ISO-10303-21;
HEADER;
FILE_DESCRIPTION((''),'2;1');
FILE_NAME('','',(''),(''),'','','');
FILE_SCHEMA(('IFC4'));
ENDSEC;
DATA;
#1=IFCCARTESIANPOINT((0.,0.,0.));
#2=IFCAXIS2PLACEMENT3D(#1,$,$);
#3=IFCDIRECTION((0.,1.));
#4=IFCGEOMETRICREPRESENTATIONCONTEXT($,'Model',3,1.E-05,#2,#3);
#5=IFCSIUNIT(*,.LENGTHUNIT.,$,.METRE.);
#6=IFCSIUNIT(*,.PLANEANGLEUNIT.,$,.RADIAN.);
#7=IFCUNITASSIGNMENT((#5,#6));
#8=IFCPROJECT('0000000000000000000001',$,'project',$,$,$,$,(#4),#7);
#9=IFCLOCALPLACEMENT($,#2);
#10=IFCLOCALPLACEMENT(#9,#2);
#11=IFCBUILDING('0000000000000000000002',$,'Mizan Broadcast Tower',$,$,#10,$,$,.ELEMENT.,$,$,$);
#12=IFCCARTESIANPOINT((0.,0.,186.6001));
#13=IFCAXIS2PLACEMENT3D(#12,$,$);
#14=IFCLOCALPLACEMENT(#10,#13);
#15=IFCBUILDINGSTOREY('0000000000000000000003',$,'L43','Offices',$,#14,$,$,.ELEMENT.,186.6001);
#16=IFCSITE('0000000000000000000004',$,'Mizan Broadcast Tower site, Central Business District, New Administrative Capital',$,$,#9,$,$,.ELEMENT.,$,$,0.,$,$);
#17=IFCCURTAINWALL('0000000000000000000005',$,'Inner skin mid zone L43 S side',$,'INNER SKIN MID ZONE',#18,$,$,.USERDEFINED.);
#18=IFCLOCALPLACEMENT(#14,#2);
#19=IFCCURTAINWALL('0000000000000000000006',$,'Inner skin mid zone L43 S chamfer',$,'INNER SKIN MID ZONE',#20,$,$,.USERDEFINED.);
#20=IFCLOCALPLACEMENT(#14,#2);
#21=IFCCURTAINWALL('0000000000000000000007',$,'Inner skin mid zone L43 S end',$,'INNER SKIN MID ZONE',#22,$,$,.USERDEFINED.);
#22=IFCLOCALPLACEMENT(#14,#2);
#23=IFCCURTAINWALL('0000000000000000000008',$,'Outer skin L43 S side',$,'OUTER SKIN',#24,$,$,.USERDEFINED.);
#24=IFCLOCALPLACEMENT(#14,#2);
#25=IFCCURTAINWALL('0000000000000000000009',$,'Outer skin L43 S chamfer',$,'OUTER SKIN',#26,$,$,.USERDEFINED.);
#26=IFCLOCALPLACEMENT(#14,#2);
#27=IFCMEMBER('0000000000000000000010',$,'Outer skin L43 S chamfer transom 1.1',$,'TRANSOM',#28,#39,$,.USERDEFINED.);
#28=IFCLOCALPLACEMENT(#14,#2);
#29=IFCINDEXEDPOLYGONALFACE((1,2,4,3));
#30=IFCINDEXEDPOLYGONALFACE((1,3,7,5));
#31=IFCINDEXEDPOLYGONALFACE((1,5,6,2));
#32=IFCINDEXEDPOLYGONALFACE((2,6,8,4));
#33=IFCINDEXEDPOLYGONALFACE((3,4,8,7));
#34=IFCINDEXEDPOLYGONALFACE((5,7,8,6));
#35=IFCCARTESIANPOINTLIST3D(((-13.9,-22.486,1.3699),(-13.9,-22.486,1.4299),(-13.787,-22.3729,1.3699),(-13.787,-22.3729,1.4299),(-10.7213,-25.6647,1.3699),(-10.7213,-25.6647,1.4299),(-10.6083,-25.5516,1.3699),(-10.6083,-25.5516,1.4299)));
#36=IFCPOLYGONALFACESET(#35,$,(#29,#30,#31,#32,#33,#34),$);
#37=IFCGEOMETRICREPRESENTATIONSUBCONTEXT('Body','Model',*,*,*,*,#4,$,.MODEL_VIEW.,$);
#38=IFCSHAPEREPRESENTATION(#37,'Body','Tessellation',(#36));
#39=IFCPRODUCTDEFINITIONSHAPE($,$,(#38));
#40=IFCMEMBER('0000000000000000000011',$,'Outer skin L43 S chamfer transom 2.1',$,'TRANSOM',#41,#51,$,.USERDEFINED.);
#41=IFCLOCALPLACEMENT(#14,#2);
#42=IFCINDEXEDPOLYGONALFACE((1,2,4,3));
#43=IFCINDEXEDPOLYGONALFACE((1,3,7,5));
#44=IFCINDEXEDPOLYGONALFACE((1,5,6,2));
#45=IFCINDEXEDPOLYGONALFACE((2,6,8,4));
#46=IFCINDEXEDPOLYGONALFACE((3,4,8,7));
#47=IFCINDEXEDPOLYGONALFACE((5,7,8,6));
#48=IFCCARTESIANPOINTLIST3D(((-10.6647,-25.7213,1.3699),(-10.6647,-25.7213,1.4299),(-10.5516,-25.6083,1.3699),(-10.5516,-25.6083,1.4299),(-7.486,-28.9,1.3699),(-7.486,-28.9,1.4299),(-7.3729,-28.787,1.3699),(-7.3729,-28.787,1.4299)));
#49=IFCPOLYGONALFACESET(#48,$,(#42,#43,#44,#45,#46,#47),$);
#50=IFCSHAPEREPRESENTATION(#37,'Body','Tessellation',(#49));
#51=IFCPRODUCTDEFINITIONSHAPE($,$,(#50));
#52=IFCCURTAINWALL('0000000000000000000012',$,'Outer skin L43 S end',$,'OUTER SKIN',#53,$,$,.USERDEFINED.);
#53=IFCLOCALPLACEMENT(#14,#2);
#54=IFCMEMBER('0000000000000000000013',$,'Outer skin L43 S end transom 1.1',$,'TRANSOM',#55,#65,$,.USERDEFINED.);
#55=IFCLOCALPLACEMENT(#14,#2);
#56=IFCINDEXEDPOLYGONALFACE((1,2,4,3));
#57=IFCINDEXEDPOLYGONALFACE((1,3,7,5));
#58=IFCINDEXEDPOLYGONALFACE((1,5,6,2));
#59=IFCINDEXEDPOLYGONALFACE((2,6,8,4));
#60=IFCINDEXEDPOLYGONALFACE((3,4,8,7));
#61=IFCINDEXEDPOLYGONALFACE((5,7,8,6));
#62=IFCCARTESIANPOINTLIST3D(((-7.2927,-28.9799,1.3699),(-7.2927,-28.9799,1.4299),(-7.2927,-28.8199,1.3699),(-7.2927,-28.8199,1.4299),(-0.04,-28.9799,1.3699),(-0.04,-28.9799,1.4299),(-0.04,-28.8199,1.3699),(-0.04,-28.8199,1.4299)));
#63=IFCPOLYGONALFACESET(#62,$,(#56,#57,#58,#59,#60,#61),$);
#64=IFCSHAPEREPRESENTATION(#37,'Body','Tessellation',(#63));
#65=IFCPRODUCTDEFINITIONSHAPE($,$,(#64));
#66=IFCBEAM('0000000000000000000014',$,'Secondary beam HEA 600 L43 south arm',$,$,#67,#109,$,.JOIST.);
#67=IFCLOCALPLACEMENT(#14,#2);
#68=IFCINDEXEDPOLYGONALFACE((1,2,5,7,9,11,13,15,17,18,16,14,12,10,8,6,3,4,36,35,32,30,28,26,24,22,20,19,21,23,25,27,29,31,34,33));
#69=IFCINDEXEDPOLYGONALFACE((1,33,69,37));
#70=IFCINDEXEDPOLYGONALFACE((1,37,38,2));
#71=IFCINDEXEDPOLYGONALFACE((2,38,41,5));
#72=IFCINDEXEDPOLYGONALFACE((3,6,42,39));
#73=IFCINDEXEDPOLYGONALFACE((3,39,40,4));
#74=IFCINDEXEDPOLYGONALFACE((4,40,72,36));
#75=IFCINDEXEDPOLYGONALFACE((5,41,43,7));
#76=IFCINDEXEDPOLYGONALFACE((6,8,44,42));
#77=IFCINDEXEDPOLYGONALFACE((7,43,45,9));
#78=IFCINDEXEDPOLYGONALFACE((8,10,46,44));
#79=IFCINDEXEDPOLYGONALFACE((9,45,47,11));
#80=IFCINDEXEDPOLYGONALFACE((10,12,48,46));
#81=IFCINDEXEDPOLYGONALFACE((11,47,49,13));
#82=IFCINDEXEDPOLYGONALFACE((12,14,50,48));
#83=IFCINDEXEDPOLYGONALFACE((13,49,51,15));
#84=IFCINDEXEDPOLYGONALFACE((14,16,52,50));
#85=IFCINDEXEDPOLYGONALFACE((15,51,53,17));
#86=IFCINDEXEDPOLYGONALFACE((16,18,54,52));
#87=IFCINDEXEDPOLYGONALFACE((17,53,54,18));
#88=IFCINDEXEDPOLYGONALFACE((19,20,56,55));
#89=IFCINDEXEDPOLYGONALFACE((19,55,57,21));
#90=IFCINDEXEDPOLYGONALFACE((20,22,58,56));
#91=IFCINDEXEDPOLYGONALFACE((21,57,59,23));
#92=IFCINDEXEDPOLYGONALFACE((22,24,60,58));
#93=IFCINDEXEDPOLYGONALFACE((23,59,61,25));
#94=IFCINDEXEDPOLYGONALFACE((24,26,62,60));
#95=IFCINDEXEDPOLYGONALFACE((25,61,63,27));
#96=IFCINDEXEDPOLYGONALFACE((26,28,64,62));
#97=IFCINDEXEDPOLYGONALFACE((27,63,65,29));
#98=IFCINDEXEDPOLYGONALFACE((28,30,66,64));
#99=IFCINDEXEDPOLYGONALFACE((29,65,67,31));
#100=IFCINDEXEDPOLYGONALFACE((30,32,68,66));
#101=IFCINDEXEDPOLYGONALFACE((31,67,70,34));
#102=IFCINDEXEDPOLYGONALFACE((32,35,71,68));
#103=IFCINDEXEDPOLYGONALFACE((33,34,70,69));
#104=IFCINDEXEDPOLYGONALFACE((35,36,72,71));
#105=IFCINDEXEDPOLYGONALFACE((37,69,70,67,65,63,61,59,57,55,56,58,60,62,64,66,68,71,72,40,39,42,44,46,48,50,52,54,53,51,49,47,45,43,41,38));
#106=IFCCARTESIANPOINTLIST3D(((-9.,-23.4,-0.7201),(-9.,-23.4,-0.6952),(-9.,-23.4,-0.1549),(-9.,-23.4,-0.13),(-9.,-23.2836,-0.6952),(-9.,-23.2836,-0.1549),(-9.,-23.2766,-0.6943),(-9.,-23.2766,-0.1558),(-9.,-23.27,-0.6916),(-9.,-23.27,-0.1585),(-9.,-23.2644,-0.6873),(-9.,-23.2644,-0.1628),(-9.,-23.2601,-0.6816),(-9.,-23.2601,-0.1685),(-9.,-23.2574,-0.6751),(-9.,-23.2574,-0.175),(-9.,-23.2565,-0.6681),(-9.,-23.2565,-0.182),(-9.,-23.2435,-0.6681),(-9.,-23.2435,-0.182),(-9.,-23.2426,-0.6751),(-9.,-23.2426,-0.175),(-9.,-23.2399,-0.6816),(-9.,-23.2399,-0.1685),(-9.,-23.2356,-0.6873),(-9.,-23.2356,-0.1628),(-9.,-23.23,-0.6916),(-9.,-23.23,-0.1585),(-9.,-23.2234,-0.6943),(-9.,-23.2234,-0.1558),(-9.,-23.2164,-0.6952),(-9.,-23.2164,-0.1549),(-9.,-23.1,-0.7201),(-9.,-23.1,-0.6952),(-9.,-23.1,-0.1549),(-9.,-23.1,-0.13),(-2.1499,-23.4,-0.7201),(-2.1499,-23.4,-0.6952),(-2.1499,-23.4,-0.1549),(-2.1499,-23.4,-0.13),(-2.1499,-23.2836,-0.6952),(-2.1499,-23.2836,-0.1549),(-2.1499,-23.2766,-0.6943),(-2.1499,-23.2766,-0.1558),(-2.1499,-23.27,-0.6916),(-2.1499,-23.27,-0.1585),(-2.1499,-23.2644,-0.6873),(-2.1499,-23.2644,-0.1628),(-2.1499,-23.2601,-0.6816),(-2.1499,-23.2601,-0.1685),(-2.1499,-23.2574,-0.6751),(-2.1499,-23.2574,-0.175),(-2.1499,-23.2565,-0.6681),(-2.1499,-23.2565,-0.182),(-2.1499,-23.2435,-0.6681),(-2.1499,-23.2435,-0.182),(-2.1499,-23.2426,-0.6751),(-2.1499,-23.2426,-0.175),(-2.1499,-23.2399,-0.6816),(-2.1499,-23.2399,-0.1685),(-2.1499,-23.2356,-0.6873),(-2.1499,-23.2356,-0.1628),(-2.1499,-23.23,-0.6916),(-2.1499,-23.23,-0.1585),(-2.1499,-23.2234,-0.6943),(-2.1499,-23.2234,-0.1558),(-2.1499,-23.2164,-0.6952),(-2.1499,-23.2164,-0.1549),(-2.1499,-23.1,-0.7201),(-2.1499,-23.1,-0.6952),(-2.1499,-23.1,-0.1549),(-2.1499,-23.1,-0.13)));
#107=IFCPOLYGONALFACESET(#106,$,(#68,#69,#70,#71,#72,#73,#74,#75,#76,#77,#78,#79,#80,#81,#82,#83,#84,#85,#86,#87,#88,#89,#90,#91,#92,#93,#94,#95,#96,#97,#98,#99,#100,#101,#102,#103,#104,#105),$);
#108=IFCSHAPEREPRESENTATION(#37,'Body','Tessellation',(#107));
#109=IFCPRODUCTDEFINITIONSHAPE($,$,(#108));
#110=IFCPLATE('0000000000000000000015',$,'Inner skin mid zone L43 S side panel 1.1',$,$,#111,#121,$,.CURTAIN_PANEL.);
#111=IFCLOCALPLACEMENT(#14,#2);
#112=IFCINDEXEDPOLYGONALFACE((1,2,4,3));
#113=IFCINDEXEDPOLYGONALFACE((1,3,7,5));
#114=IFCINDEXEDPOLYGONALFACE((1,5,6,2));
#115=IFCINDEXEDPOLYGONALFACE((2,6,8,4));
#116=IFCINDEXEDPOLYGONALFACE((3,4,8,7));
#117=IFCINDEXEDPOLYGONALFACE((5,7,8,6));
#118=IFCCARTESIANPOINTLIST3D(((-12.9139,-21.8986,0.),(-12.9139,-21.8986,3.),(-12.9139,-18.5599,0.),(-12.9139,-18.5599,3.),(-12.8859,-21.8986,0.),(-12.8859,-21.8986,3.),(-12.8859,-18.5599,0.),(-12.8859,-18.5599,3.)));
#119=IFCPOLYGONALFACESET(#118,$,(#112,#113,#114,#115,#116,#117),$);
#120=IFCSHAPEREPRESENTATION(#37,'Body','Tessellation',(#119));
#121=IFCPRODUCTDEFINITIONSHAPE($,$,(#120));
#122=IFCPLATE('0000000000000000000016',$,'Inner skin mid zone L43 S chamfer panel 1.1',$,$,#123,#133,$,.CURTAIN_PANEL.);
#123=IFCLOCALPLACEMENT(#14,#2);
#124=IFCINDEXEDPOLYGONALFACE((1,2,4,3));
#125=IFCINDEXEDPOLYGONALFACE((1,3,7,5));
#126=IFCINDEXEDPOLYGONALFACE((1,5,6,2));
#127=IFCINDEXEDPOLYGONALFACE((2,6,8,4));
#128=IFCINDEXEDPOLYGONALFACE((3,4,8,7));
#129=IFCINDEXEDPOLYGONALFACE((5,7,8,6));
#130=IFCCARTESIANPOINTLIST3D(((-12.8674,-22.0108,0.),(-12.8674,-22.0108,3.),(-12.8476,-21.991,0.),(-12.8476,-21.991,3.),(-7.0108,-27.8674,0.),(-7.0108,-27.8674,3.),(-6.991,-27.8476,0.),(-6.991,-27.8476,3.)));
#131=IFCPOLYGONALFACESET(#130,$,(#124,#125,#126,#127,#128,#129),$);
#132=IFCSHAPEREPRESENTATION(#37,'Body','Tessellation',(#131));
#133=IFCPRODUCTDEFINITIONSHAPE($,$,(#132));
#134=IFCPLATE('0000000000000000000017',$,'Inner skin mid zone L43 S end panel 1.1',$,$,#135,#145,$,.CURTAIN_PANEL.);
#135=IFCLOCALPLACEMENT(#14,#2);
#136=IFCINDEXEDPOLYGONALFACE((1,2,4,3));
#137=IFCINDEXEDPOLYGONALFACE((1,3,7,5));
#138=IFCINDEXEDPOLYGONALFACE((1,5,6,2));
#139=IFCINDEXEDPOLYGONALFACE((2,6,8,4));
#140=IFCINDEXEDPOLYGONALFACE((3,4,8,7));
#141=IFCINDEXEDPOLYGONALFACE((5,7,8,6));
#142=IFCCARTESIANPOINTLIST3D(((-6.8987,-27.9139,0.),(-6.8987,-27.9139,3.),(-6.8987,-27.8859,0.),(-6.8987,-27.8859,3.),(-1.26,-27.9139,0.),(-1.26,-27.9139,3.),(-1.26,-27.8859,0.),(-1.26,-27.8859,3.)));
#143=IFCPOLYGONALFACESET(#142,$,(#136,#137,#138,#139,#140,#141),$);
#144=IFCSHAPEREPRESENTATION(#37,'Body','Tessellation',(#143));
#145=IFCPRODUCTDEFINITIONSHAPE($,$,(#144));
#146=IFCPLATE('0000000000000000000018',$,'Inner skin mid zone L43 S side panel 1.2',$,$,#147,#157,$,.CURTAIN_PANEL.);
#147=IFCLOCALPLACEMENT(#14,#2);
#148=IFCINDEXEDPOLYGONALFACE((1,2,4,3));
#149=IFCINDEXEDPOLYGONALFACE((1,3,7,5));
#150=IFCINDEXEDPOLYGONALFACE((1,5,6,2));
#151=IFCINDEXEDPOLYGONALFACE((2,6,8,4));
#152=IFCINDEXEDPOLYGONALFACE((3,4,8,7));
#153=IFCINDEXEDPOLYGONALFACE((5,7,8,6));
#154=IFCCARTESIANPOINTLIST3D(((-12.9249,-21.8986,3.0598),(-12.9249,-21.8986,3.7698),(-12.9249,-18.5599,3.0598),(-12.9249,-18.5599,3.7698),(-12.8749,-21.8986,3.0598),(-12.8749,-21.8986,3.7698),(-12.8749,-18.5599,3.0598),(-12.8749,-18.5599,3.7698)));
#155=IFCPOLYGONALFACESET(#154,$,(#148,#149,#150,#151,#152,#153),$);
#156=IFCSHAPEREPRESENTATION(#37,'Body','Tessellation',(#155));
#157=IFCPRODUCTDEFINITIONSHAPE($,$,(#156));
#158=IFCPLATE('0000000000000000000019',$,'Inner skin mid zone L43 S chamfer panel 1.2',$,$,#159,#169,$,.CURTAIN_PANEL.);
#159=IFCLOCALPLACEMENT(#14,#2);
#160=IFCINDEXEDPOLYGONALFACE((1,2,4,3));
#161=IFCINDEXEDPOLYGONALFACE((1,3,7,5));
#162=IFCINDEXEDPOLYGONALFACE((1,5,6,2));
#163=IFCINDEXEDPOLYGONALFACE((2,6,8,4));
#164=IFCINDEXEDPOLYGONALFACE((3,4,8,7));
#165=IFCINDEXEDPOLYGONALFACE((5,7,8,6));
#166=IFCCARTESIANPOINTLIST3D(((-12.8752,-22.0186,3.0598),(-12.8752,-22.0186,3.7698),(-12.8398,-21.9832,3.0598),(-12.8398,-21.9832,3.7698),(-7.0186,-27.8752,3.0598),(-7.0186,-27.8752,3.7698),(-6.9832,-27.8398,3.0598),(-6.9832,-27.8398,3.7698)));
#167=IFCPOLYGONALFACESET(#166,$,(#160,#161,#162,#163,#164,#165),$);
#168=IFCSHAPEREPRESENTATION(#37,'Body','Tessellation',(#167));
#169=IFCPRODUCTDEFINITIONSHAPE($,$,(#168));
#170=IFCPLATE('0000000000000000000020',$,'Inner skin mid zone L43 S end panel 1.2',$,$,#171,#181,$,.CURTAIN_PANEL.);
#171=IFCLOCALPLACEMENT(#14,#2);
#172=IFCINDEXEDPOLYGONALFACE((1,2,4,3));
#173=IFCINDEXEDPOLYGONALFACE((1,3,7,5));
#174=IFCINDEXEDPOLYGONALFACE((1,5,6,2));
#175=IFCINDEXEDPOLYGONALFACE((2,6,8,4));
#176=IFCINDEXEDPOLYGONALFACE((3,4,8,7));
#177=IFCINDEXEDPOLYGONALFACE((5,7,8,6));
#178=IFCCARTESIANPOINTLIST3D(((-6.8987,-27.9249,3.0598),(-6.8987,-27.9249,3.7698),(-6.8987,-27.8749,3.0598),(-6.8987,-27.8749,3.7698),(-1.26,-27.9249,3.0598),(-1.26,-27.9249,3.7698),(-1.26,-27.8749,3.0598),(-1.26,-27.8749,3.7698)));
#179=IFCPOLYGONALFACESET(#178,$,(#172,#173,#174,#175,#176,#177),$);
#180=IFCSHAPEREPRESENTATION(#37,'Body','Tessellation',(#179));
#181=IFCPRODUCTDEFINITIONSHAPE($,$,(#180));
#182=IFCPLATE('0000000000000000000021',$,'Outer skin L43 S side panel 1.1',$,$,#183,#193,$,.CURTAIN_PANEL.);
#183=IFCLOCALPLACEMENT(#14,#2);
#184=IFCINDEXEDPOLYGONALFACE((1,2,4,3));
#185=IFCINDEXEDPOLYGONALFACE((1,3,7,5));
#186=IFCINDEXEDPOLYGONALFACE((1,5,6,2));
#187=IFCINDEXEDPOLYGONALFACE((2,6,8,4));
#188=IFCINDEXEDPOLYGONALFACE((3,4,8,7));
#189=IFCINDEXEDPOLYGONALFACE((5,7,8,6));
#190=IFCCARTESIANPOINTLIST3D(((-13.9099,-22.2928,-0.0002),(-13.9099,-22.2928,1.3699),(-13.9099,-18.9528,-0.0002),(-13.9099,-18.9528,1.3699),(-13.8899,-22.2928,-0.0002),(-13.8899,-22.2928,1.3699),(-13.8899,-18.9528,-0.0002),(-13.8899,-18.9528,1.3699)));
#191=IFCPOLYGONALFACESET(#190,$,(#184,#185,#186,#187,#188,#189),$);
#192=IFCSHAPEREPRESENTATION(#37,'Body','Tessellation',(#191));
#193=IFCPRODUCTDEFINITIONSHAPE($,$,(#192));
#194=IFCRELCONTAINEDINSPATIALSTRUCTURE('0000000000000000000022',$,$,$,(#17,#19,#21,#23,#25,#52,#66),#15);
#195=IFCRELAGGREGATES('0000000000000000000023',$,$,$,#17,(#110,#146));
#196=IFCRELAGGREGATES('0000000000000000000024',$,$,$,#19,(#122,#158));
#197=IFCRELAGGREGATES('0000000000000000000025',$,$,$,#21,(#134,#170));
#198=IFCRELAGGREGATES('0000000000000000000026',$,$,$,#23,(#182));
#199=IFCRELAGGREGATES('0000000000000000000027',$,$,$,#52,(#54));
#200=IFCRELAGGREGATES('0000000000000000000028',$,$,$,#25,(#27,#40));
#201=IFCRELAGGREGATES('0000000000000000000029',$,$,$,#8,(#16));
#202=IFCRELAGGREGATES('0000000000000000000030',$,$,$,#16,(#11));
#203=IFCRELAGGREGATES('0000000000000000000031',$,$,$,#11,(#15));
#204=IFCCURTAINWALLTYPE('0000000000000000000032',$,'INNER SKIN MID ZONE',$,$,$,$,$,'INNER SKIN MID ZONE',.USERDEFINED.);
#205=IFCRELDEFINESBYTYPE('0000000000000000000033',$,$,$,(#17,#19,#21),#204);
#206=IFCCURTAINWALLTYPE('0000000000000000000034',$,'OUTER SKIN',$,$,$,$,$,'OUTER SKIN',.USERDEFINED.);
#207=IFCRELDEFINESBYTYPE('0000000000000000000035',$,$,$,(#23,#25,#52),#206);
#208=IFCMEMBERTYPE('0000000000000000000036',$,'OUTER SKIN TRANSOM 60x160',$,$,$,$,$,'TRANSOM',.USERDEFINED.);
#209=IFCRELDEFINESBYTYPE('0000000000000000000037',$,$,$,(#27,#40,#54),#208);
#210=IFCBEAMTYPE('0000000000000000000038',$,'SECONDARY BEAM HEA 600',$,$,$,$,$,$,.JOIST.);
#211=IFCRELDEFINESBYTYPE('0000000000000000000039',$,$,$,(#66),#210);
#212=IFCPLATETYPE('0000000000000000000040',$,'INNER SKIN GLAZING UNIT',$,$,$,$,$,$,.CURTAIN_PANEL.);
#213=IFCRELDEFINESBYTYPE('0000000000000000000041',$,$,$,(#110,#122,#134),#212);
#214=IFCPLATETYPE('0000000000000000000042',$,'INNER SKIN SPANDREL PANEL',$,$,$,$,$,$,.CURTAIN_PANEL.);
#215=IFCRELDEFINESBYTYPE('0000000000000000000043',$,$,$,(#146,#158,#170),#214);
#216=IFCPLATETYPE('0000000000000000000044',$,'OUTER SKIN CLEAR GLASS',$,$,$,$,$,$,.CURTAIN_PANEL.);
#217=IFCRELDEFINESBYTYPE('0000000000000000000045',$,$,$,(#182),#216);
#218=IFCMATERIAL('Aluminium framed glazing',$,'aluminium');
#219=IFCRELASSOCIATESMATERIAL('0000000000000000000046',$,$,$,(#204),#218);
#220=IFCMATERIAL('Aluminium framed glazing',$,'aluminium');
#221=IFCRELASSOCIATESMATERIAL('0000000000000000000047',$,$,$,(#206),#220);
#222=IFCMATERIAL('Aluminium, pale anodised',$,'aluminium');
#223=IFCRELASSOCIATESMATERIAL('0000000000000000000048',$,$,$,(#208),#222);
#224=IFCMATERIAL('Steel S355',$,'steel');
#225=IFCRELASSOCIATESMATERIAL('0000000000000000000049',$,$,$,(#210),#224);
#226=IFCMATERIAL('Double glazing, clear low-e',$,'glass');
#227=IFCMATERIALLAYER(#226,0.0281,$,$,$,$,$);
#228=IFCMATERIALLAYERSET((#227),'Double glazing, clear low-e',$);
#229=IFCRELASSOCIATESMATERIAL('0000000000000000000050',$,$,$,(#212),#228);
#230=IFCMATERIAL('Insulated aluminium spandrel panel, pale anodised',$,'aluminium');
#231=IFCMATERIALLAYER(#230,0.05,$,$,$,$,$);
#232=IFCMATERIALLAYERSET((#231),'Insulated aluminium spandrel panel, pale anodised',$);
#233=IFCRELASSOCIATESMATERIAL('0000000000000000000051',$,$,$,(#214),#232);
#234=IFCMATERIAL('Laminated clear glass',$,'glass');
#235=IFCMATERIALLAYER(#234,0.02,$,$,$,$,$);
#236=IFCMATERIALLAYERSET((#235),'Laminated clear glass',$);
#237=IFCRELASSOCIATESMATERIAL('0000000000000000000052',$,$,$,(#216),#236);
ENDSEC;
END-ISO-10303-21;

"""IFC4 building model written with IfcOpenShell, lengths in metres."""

from ifc_helpers import new_model, si_unit, direction, frame, origin, origin_2d, place, context, subcontext, project, spatial, rectangle, i_section, extrude, material, layer, layer_set, material_profile, profile_set, type_object, element, aggregate, save


model = new_model("IFC4")

# Units and contexts
model_context = context("Model", 3, precision=1e-05, world=origin(), true_north=direction((0.0, 1.0)))
body_context = subcontext(model_context, "Body", "Model", "MODEL_VIEW")
ifc_project = project(units=[si_unit("LENGTHUNIT", "METRE"), si_unit("PLANEANGLEUNIT", "RADIAN")], contexts=[model_context])

# Site, building, storey
site_placement = place(None, origin())
site = spatial("IfcSite", under=ifc_project, at=site_placement, Name="Mizan Broadcast Tower site, Central Business District, New Administrative Capital", CompositionType="ELEMENT", RefElevation=0.0)
building_placement = place(site_placement, origin())
building = spatial("IfcBuilding", under=site, at=building_placement, Name="Mizan Broadcast Tower", CompositionType="ELEMENT")
storey_placement = place(building_placement, frame((0.0, 0.0, 186.6001)))
storey = spatial("IfcBuildingStorey", under=building, at=storey_placement, Name="L43", Description="Offices", CompositionType="ELEMENT", Elevation=186.6001)

# Curtain walls
ifc_material_1 = material(Name="Aluminium framed glazing", Category="aluminium")
curtain_wall_type_1 = type_object("IfcCurtainWallType", Name="INNER SKIN MID ZONE", ElementType="INNER SKIN MID ZONE", PredefinedType="USERDEFINED", material=ifc_material_1)
curtain_wall_1_placement = place(storey_placement, origin())
curtain_wall_1 = element("IfcCurtainWall", 1, at=curtain_wall_1_placement, inside=storey, type_object=curtain_wall_type_1, Name="Inner skin mid zone L43 S side", ObjectType="INNER SKIN MID ZONE", PredefinedType="USERDEFINED")
curtain_wall_2_placement = place(storey_placement, origin())
curtain_wall_2 = element("IfcCurtainWall", 2, at=curtain_wall_2_placement, inside=storey, type_object=curtain_wall_type_1, Name="Inner skin mid zone L43 S chamfer", ObjectType="INNER SKIN MID ZONE", PredefinedType="USERDEFINED")
curtain_wall_3_placement = place(storey_placement, origin())
curtain_wall_3 = element("IfcCurtainWall", 3, at=curtain_wall_3_placement, inside=storey, type_object=curtain_wall_type_1, Name="Inner skin mid zone L43 S end", ObjectType="INNER SKIN MID ZONE", PredefinedType="USERDEFINED")

# Curtain wall
ifc_material_2 = material(Name="Aluminium framed glazing", Category="aluminium")
curtain_wall_type_2 = type_object("IfcCurtainWallType", Name="OUTER SKIN", ElementType="OUTER SKIN", PredefinedType="USERDEFINED", material=ifc_material_2)
curtain_wall_4_placement = place(storey_placement, origin())
curtain_wall_4 = element("IfcCurtainWall", 4, at=curtain_wall_4_placement, inside=storey, type_object=curtain_wall_type_2, Name="Outer skin L43 S side", ObjectType="OUTER SKIN", PredefinedType="USERDEFINED")

# Curtain wall, members
curtain_wall_5_placement = place(storey_placement, origin())
curtain_wall_5 = element("IfcCurtainWall", 5, at=curtain_wall_5_placement, inside=storey, type_object=curtain_wall_type_2, Name="Outer skin L43 S chamfer", ObjectType="OUTER SKIN", PredefinedType="USERDEFINED")
ifc_material_3 = material(Name="Aluminium, pale anodised", Category="aluminium")
ifc_material_profile_1 = material_profile(ifc_material_3, rectangle(XDim=0.1599, YDim=0.0601, at=origin_2d()), Name="TRANSOM 160x60")
ifc_profile_set_1 = profile_set([ifc_material_profile_1], Name="Aluminium, pale anodised")
member_type_1 = type_object("IfcMemberType", Name="OUTER SKIN TRANSOM 60x160", ElementType="TRANSOM", PredefinedType="USERDEFINED", material=ifc_profile_set_1)
member_1_placement = place(storey_placement, frame((-13.8435, -22.4294, 1.3999), z_axis=(0.707107, -0.707107, 0.0), x_axis=(0.707107, 0.707107, 0.0)))
member_1 = element("IfcMember", 6, at=member_1_placement, type_object=member_type_1, Name="Outer skin L43 S chamfer transom 1.1", ObjectType="TRANSOM", PredefinedType="USERDEFINED", context=body_context, shape_type="SweptSolid", body=[
    extrude(rectangle(XDim=0.1599, YDim=0.0601, at=origin_2d()), origin(), (0.0, 0.0, 1.0), 4.4954),
])
member_2_placement = place(storey_placement, frame((-10.6082, -25.6648, 1.3999), z_axis=(0.707107, -0.707107, 0.0), x_axis=(0.707107, 0.707107, 0.0)))
member_2 = element("IfcMember", 7, at=member_2_placement, type_object=member_type_1, Name="Outer skin L43 S chamfer transom 2.1", ObjectType="TRANSOM", PredefinedType="USERDEFINED", context=body_context, shape_type="SweptSolid", body=[
    extrude(rectangle(XDim=0.1599, YDim=0.0601, at=origin_2d()), origin(), (0.0, 0.0, 1.0), 4.4954),
])

# Curtain wall, member
curtain_wall_6_placement = place(storey_placement, origin())
curtain_wall_6 = element("IfcCurtainWall", 8, at=curtain_wall_6_placement, inside=storey, type_object=curtain_wall_type_2, Name="Outer skin L43 S end", ObjectType="OUTER SKIN", PredefinedType="USERDEFINED")
member_3_placement = place(storey_placement, frame((-7.2927, -28.8999, 1.3999), z_axis=(1.0, 0.0, 0.0), x_axis=(0.0, 1.0, 0.0)))
member_3 = element("IfcMember", 9, at=member_3_placement, type_object=member_type_1, Name="Outer skin L43 S end transom 1.1", ObjectType="TRANSOM", PredefinedType="USERDEFINED", context=body_context, shape_type="SweptSolid", body=[
    extrude(rectangle(XDim=0.1599, YDim=0.0601, at=origin_2d()), origin(), (0.0, 0.0, 1.0), 7.2527),
])

# Beam
ifc_material_4 = material(Name="Steel S355", Category="steel")
ifc_material_profile_2 = material_profile(ifc_material_4, i_section(OverallWidth=0.3, OverallDepth=0.5901, WebThickness=0.0129, FlangeThickness=0.0249, FilletRadius=0.0271, at=origin_2d()), Name="HEA 600")
ifc_profile_set_2 = profile_set([ifc_material_profile_2], Name="Steel S355")
beam_type_1 = type_object("IfcBeamType", Name="SECONDARY BEAM HEA 600", PredefinedType="JOIST", material=ifc_profile_set_2)
beam_1_placement = place(storey_placement, frame((-9.0, -23.25, -0.425), z_axis=(1.0, 0.0, 0.0), x_axis=(0.0, 1.0, 0.0)))
element("IfcBeam", 10, at=beam_1_placement, inside=storey, type_object=beam_type_1, Name="Secondary beam HEA 600 L43 south arm", PredefinedType="JOIST", context=body_context, shape_type="SweptSolid", body=[
    extrude(i_section(OverallWidth=0.3, OverallDepth=0.5901, WebThickness=0.0129, FlangeThickness=0.0249, FilletRadius=0.0271, at=origin_2d()), origin(), (0.0, 0.0, 1.0), 6.8501),
])

# Plates
ifc_material_5 = material(Name="Double glazing, clear low-e", Category="glass")
ifc_layer_1 = layer(ifc_material_5, 0.0281)
ifc_layer_set_1 = layer_set([ifc_layer_1], Name="Double glazing, clear low-e")
plate_type_1 = type_object("IfcPlateType", Name="INNER SKIN GLAZING UNIT", PredefinedType="CURTAIN_PANEL", material=ifc_layer_set_1)
plate_1_placement = place(storey_placement, frame((-12.8999, -20.2292, 0.0), z_axis=(0.0, 0.0, 1.0), x_axis=(0.0, -1.0, 0.0)))
plate_1 = element("IfcPlate", 11, at=plate_1_placement, type_object=plate_type_1, Name="Inner skin mid zone L43 S side panel 1.1", PredefinedType="CURTAIN_PANEL", context=body_context, shape_type="SweptSolid", body=[
    extrude(rectangle(XDim=3.3386, YDim=0.0281, at=origin_2d()), origin(), (0.0, 0.0, 1.0), 3.0),
])
plate_2_placement = place(storey_placement, frame((-9.9292, -24.9292, 0.0), z_axis=(0.0, 0.0, 1.0), x_axis=(0.707107, -0.707107, 0.0)))
plate_2 = element("IfcPlate", 12, at=plate_2_placement, type_object=plate_type_1, Name="Inner skin mid zone L43 S chamfer panel 1.1", PredefinedType="CURTAIN_PANEL", context=body_context, shape_type="SweptSolid", body=[
    extrude(rectangle(XDim=8.2825, YDim=0.0281, at=origin_2d()), origin(), (0.0, 0.0, 1.0), 3.0),
])
plate_3_placement = place(storey_placement, frame((-4.0793, -27.8999, 0.0), z_axis=(0.0, 0.0, 1.0), x_axis=(1.0, 0.0, 0.0)))
plate_3 = element("IfcPlate", 13, at=plate_3_placement, type_object=plate_type_1, Name="Inner skin mid zone L43 S end panel 1.1", PredefinedType="CURTAIN_PANEL", context=body_context, shape_type="SweptSolid", body=[
    extrude(rectangle(XDim=5.6387, YDim=0.0281, at=origin_2d()), origin(), (0.0, 0.0, 1.0), 3.0),
])
ifc_material_6 = material(Name="Insulated aluminium spandrel panel, pale anodised", Category="aluminium")
ifc_layer_2 = layer(ifc_material_6, 0.05)
ifc_layer_set_2 = layer_set([ifc_layer_2], Name="Insulated aluminium spandrel panel, pale anodised")
plate_type_2 = type_object("IfcPlateType", Name="INNER SKIN SPANDREL PANEL", PredefinedType="CURTAIN_PANEL", material=ifc_layer_set_2)
plate_4_placement = place(storey_placement, frame((-12.8999, -20.2292, 3.0598), z_axis=(0.0, 0.0, 1.0), x_axis=(0.0, -1.0, 0.0)))
plate_4 = element("IfcPlate", 14, at=plate_4_placement, type_object=plate_type_2, Name="Inner skin mid zone L43 S side panel 1.2", PredefinedType="CURTAIN_PANEL", context=body_context, shape_type="SweptSolid", body=[
    extrude(rectangle(XDim=3.3386, YDim=0.05, at=origin_2d()), origin(), (0.0, 0.0, 1.0), 0.71),
])
aggregate(curtain_wall_1, [plate_1, plate_4])
plate_5_placement = place(storey_placement, frame((-9.9292, -24.9292, 3.0598), z_axis=(0.0, 0.0, 1.0), x_axis=(0.707107, -0.707107, 0.0)))
plate_5 = element("IfcPlate", 15, at=plate_5_placement, type_object=plate_type_2, Name="Inner skin mid zone L43 S chamfer panel 1.2", PredefinedType="CURTAIN_PANEL", context=body_context, shape_type="SweptSolid", body=[
    extrude(rectangle(XDim=8.2825, YDim=0.05, at=origin_2d()), origin(), (0.0, 0.0, 1.0), 0.71),
])
aggregate(curtain_wall_2, [plate_2, plate_5])
plate_6_placement = place(storey_placement, frame((-4.0793, -27.8999, 3.0598), z_axis=(0.0, 0.0, 1.0), x_axis=(1.0, 0.0, 0.0)))
plate_6 = element("IfcPlate", 16, at=plate_6_placement, type_object=plate_type_2, Name="Inner skin mid zone L43 S end panel 1.2", PredefinedType="CURTAIN_PANEL", context=body_context, shape_type="SweptSolid", body=[
    extrude(rectangle(XDim=5.6387, YDim=0.05, at=origin_2d()), origin(), (0.0, 0.0, 1.0), 0.71),
])
aggregate(curtain_wall_3, [plate_3, plate_6])
ifc_material_7 = material(Name="Laminated clear glass", Category="glass")
ifc_layer_3 = layer(ifc_material_7, 0.02)
ifc_layer_set_3 = layer_set([ifc_layer_3], Name="Laminated clear glass")
plate_type_3 = type_object("IfcPlateType", Name="OUTER SKIN CLEAR GLASS", PredefinedType="CURTAIN_PANEL", material=ifc_layer_set_3)
plate_7_placement = place(storey_placement, frame((-13.8999, -20.6228, -0.0002), z_axis=(0.0, 0.0, 1.0), x_axis=(0.0, -1.0, 0.0)))
plate_7 = element("IfcPlate", 17, at=plate_7_placement, type_object=plate_type_3, Name="Outer skin L43 S side panel 1.1", PredefinedType="CURTAIN_PANEL", context=body_context, shape_type="SweptSolid", body=[
    extrude(rectangle(XDim=3.3401, YDim=0.02, at=origin_2d()), origin(), (0.0, 0.0, 1.0), 1.3701),
])
aggregate(curtain_wall_4, [plate_7])
aggregate(curtain_wall_6, [member_3])
aggregate(curtain_wall_5, [member_1, member_2])

save(model, "model.ifc")
